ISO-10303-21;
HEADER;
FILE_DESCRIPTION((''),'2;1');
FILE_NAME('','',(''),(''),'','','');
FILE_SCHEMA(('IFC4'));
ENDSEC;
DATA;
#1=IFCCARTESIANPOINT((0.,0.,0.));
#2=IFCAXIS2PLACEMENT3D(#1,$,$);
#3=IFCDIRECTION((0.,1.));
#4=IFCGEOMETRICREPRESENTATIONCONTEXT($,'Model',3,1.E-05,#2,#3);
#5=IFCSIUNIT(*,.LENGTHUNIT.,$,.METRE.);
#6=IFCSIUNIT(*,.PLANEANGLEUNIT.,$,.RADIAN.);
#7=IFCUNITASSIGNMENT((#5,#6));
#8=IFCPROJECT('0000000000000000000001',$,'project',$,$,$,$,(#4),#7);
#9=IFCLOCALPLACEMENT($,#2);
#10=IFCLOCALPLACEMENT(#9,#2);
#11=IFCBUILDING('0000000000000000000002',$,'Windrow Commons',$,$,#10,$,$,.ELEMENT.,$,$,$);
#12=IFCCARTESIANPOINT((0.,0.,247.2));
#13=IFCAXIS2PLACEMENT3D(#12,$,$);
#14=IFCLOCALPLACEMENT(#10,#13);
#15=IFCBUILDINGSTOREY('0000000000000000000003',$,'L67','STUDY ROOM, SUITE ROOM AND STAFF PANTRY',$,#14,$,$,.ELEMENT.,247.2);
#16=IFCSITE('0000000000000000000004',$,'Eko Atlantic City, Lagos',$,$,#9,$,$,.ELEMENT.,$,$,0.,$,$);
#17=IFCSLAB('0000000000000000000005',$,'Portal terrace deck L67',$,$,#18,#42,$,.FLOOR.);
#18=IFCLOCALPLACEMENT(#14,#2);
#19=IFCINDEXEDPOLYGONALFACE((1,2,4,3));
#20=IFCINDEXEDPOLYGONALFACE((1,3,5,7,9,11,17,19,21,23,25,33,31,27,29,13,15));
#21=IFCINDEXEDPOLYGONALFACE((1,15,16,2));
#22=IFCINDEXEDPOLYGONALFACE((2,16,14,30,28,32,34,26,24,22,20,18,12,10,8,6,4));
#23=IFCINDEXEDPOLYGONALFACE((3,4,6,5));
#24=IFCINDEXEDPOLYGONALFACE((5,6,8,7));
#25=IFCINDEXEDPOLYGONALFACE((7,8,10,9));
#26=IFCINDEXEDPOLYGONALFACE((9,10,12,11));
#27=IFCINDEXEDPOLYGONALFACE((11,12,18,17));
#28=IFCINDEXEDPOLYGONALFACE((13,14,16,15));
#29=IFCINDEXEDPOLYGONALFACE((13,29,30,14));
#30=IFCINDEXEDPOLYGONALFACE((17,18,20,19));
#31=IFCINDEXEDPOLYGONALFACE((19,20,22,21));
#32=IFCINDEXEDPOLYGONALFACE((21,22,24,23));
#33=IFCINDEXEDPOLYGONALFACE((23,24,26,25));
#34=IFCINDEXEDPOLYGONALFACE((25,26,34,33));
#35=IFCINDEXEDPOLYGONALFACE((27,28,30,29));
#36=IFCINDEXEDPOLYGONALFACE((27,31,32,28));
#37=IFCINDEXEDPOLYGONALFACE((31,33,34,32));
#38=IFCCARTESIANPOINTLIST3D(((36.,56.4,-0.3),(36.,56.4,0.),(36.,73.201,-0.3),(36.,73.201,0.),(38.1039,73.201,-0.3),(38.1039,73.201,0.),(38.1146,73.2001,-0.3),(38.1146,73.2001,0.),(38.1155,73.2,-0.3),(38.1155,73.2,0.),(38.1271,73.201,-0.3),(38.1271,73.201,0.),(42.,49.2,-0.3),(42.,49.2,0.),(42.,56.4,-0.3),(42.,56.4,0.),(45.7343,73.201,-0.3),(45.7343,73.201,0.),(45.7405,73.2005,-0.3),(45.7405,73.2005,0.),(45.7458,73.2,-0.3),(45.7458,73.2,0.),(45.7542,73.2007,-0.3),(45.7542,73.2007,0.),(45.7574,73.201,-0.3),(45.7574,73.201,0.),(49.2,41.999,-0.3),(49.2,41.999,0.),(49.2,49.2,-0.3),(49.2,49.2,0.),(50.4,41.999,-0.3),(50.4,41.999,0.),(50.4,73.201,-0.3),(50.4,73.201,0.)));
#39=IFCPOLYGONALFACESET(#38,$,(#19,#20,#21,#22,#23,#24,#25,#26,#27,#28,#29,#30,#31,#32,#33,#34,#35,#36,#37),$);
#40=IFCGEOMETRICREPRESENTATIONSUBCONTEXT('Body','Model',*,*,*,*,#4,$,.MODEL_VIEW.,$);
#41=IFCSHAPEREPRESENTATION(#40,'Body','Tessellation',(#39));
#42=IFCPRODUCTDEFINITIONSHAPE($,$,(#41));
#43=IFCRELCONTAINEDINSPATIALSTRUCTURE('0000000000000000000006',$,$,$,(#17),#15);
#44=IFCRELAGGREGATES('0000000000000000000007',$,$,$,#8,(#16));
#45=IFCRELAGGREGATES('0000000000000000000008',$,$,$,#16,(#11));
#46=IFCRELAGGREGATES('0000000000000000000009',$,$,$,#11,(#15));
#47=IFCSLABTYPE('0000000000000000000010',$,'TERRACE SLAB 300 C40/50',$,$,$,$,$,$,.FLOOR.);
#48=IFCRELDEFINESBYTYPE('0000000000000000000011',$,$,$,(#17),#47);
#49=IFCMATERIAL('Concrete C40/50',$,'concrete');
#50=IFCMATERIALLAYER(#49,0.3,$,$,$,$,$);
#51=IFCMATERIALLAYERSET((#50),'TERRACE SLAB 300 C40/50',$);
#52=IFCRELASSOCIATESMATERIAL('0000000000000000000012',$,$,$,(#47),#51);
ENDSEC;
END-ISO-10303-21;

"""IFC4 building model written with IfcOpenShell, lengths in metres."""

from ifc_helpers import new_model, si_unit, direction, frame, origin, place, context, subcontext, project, spatial, polyline, outline, extrude, material, layer, layer_set, type_object, element, save


model = new_model("IFC4")

# Units and contexts
model_context = context("Model", 3, precision=1e-05, world=origin(), true_north=direction((0.0, 1.0)))
body_context = subcontext(model_context, "Body", "Model", "MODEL_VIEW")
ifc_project = project(units=[si_unit("LENGTHUNIT", "METRE"), si_unit("PLANEANGLEUNIT", "RADIAN")], contexts=[model_context])

# Site, building, storey
site_placement = place(None, origin())
site = spatial("IfcSite", under=ifc_project, at=site_placement, Name="Eko Atlantic City, Lagos", CompositionType="ELEMENT", RefElevation=0.0)
building_placement = place(site_placement, origin())
building = spatial("IfcBuilding", under=site, at=building_placement, Name="Windrow Commons", CompositionType="ELEMENT")
storey_placement = place(building_placement, frame((0.0, 0.0, 247.2)))
storey = spatial("IfcBuildingStorey", under=building, at=storey_placement, Name="L67", Description="STUDY ROOM, SUITE ROOM AND STAFF PANTRY", CompositionType="ELEMENT", Elevation=247.2)

# Shared definitions
placement_1 = place(storey_placement, frame((0.0, 0.0, -0.3)))

# Slab
ifc_material_1 = material(Name="Concrete C40/50", Category="concrete")
ifc_layer_1 = layer(ifc_material_1, 0.3)
ifc_layer_set_1 = layer_set([ifc_layer_1], Name="TERRACE SLAB 300 C40/50")
slab_type_1 = type_object("IfcSlabType", Name="TERRACE SLAB 300 C40/50", PredefinedType="FLOOR", material=ifc_layer_set_1)
element("IfcSlab", 1, at=placement_1, inside=storey, type_object=slab_type_1, Name="Portal terrace deck L67", PredefinedType="FLOOR", context=body_context, shape_type="SweptSolid", body=[
    extrude(outline(polyline([(45.7574, 73.201), (45.7542, 73.2007), (45.7458, 73.2), (45.7458, 73.2), (45.7458, 73.2), (45.7405, 73.2005), (45.7343, 73.201), (38.1271, 73.201), (38.1155, 73.2), (38.1155, 73.2), (38.1155, 73.2), (38.1146, 73.2001), (38.1039, 73.201), (36.0, 73.201), (36.0, 56.4), (42.0, 56.4), (42.0, 49.2), (49.2, 49.2), (49.2, 41.999), (50.4, 41.999), (50.4, 73.201), (45.7574, 73.201)])), origin(), (0.0, 0.0, 1.0), 0.3),
])

save(model, "model.ifc")
